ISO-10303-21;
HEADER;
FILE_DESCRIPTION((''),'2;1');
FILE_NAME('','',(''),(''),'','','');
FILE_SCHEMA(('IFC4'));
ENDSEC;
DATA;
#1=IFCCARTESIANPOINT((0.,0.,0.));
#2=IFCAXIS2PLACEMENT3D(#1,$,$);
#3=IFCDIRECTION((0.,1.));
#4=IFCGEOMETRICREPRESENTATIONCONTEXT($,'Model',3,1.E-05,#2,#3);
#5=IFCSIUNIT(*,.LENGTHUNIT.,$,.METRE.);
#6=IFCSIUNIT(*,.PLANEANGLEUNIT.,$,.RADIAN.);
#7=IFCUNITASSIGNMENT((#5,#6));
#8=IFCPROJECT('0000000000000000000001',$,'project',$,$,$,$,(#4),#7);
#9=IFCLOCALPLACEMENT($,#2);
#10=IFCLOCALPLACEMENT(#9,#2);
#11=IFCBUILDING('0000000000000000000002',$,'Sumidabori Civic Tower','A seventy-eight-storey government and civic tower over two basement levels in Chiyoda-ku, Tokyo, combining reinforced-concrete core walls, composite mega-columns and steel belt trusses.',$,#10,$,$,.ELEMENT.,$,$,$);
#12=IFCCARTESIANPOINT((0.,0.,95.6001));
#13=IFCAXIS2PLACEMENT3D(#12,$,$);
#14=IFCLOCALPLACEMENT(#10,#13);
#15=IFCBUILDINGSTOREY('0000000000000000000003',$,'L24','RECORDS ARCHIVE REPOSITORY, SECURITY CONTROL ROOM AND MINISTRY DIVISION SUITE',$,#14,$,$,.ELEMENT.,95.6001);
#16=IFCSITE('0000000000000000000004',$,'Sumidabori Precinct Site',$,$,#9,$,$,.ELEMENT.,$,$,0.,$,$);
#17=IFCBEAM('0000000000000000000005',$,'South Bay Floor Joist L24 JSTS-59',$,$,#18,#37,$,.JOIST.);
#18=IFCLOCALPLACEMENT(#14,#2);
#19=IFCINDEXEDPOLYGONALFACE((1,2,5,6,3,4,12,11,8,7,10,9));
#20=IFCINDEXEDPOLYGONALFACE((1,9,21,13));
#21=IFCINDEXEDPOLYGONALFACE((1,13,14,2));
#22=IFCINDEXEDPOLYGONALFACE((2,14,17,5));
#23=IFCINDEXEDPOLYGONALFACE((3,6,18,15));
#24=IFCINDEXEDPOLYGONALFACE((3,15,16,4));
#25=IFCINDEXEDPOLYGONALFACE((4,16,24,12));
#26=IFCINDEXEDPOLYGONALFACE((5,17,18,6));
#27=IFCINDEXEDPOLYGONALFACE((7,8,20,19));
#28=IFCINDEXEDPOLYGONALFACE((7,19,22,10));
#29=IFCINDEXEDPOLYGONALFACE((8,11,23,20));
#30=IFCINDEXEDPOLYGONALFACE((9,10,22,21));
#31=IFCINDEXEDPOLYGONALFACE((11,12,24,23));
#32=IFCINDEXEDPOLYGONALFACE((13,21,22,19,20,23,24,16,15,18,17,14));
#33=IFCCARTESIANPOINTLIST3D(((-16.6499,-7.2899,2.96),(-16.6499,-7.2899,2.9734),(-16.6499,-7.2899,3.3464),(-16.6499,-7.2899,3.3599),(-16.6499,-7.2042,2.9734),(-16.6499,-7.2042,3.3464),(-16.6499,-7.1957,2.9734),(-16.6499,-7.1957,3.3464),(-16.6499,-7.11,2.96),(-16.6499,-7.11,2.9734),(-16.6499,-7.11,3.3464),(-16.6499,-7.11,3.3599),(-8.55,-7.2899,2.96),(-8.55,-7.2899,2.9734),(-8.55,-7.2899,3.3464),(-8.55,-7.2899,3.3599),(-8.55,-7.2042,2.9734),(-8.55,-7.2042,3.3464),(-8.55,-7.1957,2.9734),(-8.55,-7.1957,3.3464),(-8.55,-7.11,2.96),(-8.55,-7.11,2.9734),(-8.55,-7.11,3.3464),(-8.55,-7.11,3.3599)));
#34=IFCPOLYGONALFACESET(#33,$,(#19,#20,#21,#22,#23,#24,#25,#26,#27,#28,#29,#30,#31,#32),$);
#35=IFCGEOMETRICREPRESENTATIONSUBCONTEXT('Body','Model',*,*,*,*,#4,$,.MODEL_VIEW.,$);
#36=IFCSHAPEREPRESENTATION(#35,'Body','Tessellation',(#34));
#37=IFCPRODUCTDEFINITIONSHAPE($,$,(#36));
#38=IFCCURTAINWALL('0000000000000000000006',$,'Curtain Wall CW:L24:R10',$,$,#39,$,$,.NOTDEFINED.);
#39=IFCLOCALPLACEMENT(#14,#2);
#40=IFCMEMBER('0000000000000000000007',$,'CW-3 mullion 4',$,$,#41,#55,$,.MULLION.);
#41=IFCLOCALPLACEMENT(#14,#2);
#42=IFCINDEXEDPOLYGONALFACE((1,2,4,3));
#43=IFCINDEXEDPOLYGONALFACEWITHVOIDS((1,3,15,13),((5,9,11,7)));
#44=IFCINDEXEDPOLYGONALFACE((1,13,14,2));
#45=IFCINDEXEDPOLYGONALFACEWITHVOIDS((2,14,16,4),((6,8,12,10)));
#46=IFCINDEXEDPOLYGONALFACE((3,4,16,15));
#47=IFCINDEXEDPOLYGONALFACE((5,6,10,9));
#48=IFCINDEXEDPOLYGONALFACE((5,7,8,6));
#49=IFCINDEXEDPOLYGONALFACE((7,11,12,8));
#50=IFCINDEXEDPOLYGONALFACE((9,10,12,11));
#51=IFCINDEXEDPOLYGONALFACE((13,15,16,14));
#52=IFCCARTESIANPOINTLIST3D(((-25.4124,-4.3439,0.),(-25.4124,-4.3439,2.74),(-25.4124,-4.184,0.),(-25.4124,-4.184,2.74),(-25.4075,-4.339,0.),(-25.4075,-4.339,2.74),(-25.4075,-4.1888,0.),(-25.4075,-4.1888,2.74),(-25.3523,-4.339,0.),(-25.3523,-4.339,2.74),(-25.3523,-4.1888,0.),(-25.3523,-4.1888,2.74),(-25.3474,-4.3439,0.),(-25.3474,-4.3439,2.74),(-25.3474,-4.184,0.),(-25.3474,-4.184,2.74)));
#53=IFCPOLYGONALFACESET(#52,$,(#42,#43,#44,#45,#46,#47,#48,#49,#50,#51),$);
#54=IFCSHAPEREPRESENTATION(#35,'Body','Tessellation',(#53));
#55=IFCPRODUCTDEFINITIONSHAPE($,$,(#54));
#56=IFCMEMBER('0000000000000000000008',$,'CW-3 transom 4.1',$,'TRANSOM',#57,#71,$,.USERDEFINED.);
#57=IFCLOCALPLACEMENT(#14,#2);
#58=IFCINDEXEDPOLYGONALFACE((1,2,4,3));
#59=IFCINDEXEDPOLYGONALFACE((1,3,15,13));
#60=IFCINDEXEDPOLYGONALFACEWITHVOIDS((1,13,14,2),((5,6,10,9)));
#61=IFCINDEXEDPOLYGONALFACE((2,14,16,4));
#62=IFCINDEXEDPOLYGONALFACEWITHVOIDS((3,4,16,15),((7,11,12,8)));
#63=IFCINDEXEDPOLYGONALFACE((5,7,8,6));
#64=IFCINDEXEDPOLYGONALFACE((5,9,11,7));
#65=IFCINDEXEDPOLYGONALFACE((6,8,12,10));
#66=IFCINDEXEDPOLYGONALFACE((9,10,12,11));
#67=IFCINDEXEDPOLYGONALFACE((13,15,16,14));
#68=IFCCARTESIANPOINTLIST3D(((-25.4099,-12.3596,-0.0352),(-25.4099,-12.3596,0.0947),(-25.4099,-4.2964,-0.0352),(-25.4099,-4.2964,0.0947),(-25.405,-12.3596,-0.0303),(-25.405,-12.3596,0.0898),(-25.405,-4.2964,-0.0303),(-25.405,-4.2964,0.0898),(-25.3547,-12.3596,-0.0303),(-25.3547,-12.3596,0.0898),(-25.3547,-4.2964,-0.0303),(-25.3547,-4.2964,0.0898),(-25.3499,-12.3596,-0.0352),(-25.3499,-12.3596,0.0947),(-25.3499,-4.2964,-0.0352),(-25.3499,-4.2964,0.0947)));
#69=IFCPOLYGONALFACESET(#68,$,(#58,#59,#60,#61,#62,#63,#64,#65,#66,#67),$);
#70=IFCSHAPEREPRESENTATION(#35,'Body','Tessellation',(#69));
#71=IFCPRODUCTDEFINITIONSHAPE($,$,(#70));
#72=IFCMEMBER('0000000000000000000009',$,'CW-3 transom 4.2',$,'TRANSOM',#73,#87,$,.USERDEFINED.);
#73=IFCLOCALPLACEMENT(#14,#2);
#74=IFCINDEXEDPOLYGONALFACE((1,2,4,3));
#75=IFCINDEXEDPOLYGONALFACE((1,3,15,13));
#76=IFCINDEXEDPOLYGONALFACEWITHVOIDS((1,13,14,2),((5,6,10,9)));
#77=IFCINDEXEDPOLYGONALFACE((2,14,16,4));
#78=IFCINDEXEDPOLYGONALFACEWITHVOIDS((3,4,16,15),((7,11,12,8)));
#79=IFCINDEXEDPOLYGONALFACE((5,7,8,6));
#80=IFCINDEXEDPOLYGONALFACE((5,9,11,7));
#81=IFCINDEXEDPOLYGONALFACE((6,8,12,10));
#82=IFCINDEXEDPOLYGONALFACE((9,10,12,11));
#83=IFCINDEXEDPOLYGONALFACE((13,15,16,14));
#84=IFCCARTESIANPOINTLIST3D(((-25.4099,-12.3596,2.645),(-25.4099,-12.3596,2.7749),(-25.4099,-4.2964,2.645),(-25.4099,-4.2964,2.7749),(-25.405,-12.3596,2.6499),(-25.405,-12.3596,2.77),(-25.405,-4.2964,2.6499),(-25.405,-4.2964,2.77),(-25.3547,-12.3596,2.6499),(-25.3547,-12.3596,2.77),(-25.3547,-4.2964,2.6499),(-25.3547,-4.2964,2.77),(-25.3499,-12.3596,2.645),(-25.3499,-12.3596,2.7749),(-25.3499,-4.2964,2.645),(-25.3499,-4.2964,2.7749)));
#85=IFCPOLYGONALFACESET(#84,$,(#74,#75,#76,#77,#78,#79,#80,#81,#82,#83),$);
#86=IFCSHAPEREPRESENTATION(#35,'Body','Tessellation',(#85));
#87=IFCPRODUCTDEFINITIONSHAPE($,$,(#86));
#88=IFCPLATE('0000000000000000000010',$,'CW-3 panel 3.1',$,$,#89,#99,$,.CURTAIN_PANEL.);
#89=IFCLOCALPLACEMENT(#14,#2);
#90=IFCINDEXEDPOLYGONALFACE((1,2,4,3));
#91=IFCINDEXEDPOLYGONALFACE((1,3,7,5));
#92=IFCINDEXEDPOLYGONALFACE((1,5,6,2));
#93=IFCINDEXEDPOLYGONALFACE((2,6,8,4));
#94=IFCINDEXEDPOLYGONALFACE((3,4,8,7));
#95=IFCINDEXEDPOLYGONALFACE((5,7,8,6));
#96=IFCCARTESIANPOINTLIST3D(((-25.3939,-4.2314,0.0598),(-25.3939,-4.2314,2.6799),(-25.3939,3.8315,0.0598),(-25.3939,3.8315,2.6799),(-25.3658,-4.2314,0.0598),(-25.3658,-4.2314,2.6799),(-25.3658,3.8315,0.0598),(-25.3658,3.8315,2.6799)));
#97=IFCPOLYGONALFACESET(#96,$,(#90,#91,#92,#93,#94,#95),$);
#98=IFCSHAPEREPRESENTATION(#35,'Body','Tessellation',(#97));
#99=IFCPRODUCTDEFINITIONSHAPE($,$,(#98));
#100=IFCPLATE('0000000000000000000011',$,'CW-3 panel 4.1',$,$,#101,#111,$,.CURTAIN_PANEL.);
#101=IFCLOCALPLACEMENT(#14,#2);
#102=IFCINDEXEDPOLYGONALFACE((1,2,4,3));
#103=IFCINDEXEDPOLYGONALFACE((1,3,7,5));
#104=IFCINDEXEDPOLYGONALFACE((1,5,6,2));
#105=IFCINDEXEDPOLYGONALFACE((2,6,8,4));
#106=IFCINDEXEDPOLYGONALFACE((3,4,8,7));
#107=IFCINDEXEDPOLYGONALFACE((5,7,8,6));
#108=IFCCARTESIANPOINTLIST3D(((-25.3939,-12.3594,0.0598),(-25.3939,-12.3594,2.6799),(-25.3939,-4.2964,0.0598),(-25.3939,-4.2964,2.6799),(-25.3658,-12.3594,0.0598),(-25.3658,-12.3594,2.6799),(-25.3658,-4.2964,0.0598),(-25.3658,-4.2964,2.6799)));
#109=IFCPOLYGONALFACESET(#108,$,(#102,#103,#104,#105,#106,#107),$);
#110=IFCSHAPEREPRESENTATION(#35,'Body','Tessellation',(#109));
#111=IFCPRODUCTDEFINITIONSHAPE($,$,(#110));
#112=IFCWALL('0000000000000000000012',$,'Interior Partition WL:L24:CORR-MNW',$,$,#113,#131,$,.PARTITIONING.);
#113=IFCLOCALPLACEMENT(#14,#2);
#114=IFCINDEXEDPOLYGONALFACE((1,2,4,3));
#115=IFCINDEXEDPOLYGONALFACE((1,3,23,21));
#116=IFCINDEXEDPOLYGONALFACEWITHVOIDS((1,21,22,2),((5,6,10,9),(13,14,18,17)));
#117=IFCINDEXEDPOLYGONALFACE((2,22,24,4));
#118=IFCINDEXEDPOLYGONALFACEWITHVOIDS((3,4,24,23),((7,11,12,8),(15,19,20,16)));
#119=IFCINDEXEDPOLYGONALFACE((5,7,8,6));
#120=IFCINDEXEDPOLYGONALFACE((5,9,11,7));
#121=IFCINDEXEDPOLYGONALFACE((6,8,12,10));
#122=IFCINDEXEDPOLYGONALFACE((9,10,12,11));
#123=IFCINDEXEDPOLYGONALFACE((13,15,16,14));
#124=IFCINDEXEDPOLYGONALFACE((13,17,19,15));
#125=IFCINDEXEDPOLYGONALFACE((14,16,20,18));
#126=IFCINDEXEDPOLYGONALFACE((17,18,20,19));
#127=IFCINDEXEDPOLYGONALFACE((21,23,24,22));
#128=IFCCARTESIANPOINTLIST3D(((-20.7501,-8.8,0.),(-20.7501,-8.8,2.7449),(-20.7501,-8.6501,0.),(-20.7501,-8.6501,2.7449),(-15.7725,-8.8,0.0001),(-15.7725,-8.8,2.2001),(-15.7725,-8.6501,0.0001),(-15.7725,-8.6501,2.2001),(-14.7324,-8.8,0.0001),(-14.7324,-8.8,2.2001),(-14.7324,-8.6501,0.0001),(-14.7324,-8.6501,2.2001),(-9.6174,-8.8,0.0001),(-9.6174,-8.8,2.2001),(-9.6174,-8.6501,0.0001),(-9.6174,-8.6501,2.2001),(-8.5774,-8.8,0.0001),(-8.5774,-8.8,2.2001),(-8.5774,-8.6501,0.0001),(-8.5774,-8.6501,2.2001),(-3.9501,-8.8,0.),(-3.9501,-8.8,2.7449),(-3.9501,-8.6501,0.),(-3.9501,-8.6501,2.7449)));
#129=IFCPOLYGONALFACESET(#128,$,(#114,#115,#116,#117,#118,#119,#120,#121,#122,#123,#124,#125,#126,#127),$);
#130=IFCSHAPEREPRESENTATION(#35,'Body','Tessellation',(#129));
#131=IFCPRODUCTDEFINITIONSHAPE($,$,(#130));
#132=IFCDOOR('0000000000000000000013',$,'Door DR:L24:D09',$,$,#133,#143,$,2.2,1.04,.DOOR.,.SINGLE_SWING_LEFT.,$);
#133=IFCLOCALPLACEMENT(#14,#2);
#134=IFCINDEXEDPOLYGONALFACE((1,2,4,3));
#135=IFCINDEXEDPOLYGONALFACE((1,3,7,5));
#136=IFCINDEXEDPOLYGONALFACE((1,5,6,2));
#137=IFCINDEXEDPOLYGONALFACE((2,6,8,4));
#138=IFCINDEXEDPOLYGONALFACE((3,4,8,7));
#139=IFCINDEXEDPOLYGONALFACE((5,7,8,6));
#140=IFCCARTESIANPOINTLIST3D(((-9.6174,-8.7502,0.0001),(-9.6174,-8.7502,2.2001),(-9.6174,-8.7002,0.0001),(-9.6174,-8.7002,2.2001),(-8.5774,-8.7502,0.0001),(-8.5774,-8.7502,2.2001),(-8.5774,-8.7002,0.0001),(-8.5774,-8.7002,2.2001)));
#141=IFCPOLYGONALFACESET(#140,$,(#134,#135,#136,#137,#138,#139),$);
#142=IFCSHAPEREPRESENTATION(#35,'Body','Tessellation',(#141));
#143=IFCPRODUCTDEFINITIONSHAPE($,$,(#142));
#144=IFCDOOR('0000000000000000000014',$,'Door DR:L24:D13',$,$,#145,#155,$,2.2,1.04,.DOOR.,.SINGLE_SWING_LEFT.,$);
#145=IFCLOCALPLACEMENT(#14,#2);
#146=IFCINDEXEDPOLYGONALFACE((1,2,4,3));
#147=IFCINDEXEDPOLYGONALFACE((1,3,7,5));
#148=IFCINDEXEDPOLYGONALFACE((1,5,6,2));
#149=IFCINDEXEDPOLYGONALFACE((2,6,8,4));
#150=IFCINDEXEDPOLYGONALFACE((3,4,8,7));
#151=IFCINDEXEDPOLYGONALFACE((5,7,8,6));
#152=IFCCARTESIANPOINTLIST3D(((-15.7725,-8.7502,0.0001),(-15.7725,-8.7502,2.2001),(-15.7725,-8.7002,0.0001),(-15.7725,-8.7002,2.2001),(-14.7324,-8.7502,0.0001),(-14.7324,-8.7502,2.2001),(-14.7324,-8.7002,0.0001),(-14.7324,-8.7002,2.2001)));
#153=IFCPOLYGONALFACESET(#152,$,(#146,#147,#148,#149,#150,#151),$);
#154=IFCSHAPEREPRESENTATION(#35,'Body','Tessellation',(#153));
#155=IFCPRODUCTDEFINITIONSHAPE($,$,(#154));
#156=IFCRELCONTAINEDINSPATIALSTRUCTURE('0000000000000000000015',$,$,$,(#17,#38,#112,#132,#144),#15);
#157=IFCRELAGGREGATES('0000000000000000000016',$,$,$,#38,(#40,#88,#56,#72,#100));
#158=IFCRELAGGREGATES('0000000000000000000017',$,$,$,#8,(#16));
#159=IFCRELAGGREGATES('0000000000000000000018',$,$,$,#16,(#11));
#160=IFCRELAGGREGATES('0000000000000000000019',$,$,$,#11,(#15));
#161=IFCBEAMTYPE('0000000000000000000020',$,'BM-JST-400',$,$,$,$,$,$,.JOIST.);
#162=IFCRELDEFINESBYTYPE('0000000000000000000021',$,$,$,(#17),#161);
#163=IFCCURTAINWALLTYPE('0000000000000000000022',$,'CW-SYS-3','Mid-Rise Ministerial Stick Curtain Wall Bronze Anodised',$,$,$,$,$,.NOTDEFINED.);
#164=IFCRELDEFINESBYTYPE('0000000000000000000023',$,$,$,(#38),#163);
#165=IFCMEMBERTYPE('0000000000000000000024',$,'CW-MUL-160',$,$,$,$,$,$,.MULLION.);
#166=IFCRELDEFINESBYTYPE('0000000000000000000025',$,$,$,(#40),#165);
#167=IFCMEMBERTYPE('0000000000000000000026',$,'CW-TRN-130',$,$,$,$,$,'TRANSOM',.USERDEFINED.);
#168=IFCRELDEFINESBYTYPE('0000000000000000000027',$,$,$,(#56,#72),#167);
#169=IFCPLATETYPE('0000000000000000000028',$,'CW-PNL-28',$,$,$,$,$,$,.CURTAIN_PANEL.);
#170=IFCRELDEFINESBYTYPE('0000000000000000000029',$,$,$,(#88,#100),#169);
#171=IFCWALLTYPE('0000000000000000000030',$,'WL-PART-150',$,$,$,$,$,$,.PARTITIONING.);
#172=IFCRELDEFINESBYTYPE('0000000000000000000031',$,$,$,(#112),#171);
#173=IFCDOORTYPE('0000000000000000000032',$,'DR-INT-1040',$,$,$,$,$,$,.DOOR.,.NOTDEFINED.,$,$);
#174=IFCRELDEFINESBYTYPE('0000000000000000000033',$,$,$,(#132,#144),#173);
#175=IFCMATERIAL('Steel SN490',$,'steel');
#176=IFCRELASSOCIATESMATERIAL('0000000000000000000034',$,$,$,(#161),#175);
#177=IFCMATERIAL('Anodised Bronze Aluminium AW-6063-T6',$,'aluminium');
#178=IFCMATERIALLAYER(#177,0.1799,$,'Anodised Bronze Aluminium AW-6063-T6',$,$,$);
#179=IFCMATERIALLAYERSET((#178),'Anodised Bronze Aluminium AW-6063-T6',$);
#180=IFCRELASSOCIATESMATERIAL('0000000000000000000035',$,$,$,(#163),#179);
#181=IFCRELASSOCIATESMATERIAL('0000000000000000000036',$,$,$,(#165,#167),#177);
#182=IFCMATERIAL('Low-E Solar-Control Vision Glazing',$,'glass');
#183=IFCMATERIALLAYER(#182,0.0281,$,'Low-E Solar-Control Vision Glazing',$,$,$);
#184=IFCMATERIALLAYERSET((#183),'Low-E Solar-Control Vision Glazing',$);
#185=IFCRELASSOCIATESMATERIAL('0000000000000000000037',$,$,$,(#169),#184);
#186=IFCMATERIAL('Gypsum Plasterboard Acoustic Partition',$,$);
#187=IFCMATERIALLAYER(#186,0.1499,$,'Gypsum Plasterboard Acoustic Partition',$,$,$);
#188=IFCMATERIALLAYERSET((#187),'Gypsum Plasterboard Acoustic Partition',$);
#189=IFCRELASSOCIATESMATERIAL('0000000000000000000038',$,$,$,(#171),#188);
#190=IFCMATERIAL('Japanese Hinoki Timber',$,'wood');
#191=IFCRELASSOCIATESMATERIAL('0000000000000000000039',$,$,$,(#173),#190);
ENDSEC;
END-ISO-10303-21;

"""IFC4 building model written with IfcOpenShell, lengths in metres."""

from ifc_helpers import new_model, si_unit, direction, frame, frame_2d, origin, origin_2d, place, context, subcontext, project, spatial, rectangle, hollow_rectangle, i_section, extrude, source, transform, mapped, material, layer, layer_set, material_profile, profile_set, type_object, element, fill, aggregate, save


model = new_model("IFC4")

# Units and contexts
model_context = context("Model", 3, precision=1e-05, world=origin(), true_north=direction((0.0, 1.0)))
body_context = subcontext(model_context, "Body", "Model", "MODEL_VIEW")
ifc_project = project(units=[si_unit("LENGTHUNIT", "METRE"), si_unit("PLANEANGLEUNIT", "RADIAN")], contexts=[model_context])

# Site, building, storey
site_placement = place(None, origin())
site = spatial("IfcSite", under=ifc_project, at=site_placement, Name="Sumidabori Precinct Site", CompositionType="ELEMENT", RefElevation=0.0)
building_placement = place(site_placement, origin())
building = spatial("IfcBuilding", under=site, at=building_placement, Name="Sumidabori Civic Tower", Description="A seventy-eight-storey government and civic tower over two basement levels in Chiyoda-ku, Tokyo, combining reinforced-concrete core walls, composite mega-columns and steel belt trusses.", CompositionType="ELEMENT")
storey_placement = place(building_placement, frame((0.0, 0.0, 95.6001)))
storey = spatial("IfcBuildingStorey", under=building, at=storey_placement, Name="L24", Description="RECORDS ARCHIVE REPOSITORY, SECURITY CONTROL ROOM AND MINISTRY DIVISION SUITE", CompositionType="ELEMENT", Elevation=95.6001)

# Beam
ifc_material_1 = material(Name="Steel SN490", Category="steel")
ifc_material_profile_1 = material_profile(ifc_material_1, i_section(OverallWidth=0.1799, OverallDepth=0.3999, WebThickness=0.0085, FlangeThickness=0.0134, at=origin_2d()), Name="IPE 400")
ifc_profile_set_1 = profile_set([ifc_material_profile_1], Name="Steel SN490")
beam_type_1 = type_object("IfcBeamType", Name="BM-JST-400", PredefinedType="JOIST", material=ifc_profile_set_1)
shared_shape_1 = source(origin(), body_context, "Body", "SweptSolid", [
    extrude(i_section(OverallWidth=0.1799, OverallDepth=0.3999, WebThickness=0.0085, FlangeThickness=0.0134, at=origin_2d()), origin(), (0.0, 0.0, 1.0), 8.0999),
])
beam_placement = place(storey_placement, frame((-16.6499, -7.2, 3.1599), z_axis=(1.0, 0.0, 0.0), x_axis=(0.0, 1.0, 0.0)))
element("IfcBeam", 1, at=beam_placement, inside=storey, type_object=beam_type_1, Name="South Bay Floor Joist L24 JSTS-59", PredefinedType="JOIST", context=body_context, shape_type="MappedRepresentation", body=[
    mapped(shared_shape_1, transform((0.0, 0.0, 0.0), x_axis=(1.0, 0.0, 0.0), y_axis=(0.0, 1.0, 0.0), z_axis=(0.0, 0.0, 1.0), scale=1.0)),
])

# Curtain wall, members, plates
ifc_material_2 = material(Name="Anodised Bronze Aluminium AW-6063-T6", Category="aluminium")
ifc_layer_1 = layer(ifc_material_2, 0.1799, Name="Anodised Bronze Aluminium AW-6063-T6")
ifc_layer_set_1 = layer_set([ifc_layer_1], Name="Anodised Bronze Aluminium AW-6063-T6")
curtain_wall_type = type_object("IfcCurtainWallType", Name="CW-SYS-3", Description="Mid-Rise Ministerial Stick Curtain Wall Bronze Anodised", PredefinedType="NOTDEFINED", material=ifc_layer_set_1)
curtain_wall_placement = place(storey_placement, origin())
curtain_wall = element("IfcCurtainWall", 2, at=curtain_wall_placement, inside=storey, type_object=curtain_wall_type, Name="Curtain Wall CW:L24:R10", PredefinedType="NOTDEFINED")
ifc_material_profile_2 = material_profile(ifc_material_2, hollow_rectangle(XDim=0.0649, YDim=0.1599, WallThickness=0.0049, at=origin_2d()), Name="ALU MULLION 160x65")
ifc_profile_set_2 = profile_set([ifc_material_profile_2], Name="Anodised Bronze Aluminium AW-6063-T6")
member_type_1 = type_object("IfcMemberType", Name="CW-MUL-160", PredefinedType="MULLION", material=ifc_profile_set_2)
shared_shape_2 = source(origin(), body_context, "Body", "SweptSolid", [
    extrude(hollow_rectangle(XDim=0.0649, YDim=0.1599, WallThickness=0.0049, at=origin_2d()), origin(), (0.0, 0.0, 1.0), 2.74),
])
member_1_placement = place(storey_placement, frame((-25.3799, -4.2639, 0.0), z_axis=(0.0, 0.0, 1.0), x_axis=(1.0, 0.0, 0.0)))
member_1 = element("IfcMember", 3, at=member_1_placement, type_object=member_type_1, Name="CW-3 mullion 4", PredefinedType="MULLION", context=body_context, shape_type="MappedRepresentation", body=[
    mapped(shared_shape_2, transform((0.0, 0.0, 0.0), x_axis=(1.0, 0.0, 0.0), y_axis=(0.0, 1.0, 0.0), z_axis=(0.0, 0.0, 1.0), scale=1.0)),
])
ifc_material_profile_3 = material_profile(ifc_material_2, hollow_rectangle(XDim=0.0601, YDim=0.1299, WallThickness=0.0049, at=origin_2d()), Name="ALU TRANSOM 130x60")
ifc_profile_set_3 = profile_set([ifc_material_profile_3], Name="Anodised Bronze Aluminium AW-6063-T6")
member_type_2 = type_object("IfcMemberType", Name="CW-TRN-130", ElementType="TRANSOM", PredefinedType="USERDEFINED", material=ifc_profile_set_3)
shared_shape_3 = source(origin(), body_context, "Body", "SweptSolid", [
    extrude(hollow_rectangle(XDim=0.0601, YDim=0.1299, WallThickness=0.0049, at=origin_2d()), origin(), (0.0, 0.0, 1.0), 8.0632),
])
member_2_placement = place(storey_placement, frame((-25.3799, -4.2964, 0.0298), z_axis=(0.0, -1.0, 0.0), x_axis=(1.0, 0.0, 0.0)))
member_2 = element("IfcMember", 4, at=member_2_placement, type_object=member_type_2, Name="CW-3 transom 4.1", ObjectType="TRANSOM", PredefinedType="USERDEFINED", context=body_context, shape_type="MappedRepresentation", body=[
    mapped(shared_shape_3, transform((0.0, 0.0, 0.0), x_axis=(1.0, 0.0, 0.0), y_axis=(0.0, 1.0, 0.0), z_axis=(0.0, 0.0, 1.0), scale=1.0)),
])
member_3_placement = place(storey_placement, frame((-25.3799, -4.2964, 2.71), z_axis=(0.0, -1.0, 0.0), x_axis=(1.0, 0.0, 0.0)))
member_3 = element("IfcMember", 5, at=member_3_placement, type_object=member_type_2, Name="CW-3 transom 4.2", ObjectType="TRANSOM", PredefinedType="USERDEFINED", context=body_context, shape_type="MappedRepresentation", body=[
    mapped(shared_shape_3, transform((0.0, 0.0, 0.0), x_axis=(1.0, 0.0, 0.0), y_axis=(0.0, 1.0, 0.0), z_axis=(0.0, 0.0, 1.0), scale=1.0)),
])
ifc_material_3 = material(Name="Low-E Solar-Control Vision Glazing", Category="glass")
ifc_layer_2 = layer(ifc_material_3, 0.0281, Name="Low-E Solar-Control Vision Glazing")
ifc_layer_set_2 = layer_set([ifc_layer_2], Name="Low-E Solar-Control Vision Glazing")
plate_type = type_object("IfcPlateType", Name="CW-PNL-28", PredefinedType="CURTAIN_PANEL", material=ifc_layer_set_2)
shared_shape_4 = source(origin(), body_context, "Body", "SweptSolid", [
    extrude(rectangle(XDim=8.063, YDim=0.0281, at=origin_2d()), origin(), (0.0, 0.0, 1.0), 2.6201),
])
plate_1_placement = place(storey_placement, frame((-25.3799, -0.2, 0.0598), z_axis=(0.0, 0.0, 1.0), x_axis=(0.0, -1.0, 0.0)))
plate_1 = element("IfcPlate", 6, at=plate_1_placement, type_object=plate_type, Name="CW-3 panel 3.1", PredefinedType="CURTAIN_PANEL", context=body_context, shape_type="MappedRepresentation", body=[
    mapped(shared_shape_4, transform((0.0, 0.0, 0.0), x_axis=(1.0, 0.0, 0.0), y_axis=(0.0, 1.0, 0.0), z_axis=(0.0, 0.0, 1.0), scale=1.0)),
])
plate_2_placement = place(storey_placement, frame((-25.3799, -8.3279, 0.0598), z_axis=(0.0, 0.0, 1.0), x_axis=(0.0, -1.0, 0.0)))
plate_2 = element("IfcPlate", 7, at=plate_2_placement, type_object=plate_type, Name="CW-3 panel 4.1", PredefinedType="CURTAIN_PANEL", context=body_context, shape_type="MappedRepresentation", body=[
    mapped(shared_shape_4, transform((0.0, 0.0, 0.0), x_axis=(1.0, 0.0, 0.0), y_axis=(0.0, 1.0, 0.0), z_axis=(0.0, 0.0, 1.0), scale=1.0)),
])
aggregate(curtain_wall, [member_1, plate_1, member_2, member_3, plate_2])

# Wall, openings, doors
ifc_material_4 = material(Name="Gypsum Plasterboard Acoustic Partition")
ifc_layer_3 = layer(ifc_material_4, 0.1499, Name="Gypsum Plasterboard Acoustic Partition")
ifc_layer_set_3 = layer_set([ifc_layer_3], Name="Gypsum Plasterboard Acoustic Partition")
wall_type = type_object("IfcWallType", Name="WL-PART-150", PredefinedType="PARTITIONING", material=ifc_layer_set_3)
shared_shape_5 = source(origin(), body_context, "Body", "SweptSolid", [
    extrude(rectangle(XDim=16.8, YDim=0.1499, at=frame_2d((8.3999, 0.0))), origin(), (0.0, 0.0, 1.0), 2.7449),
])
wall_1_placement = place(storey_placement, frame((-20.75, -8.7251, 0.0), z_axis=(0.0, 0.0, 1.0), x_axis=(1.0, 0.0, 0.0)))
wall_1 = element("IfcWall", 8, at=wall_1_placement, inside=storey, type_object=wall_type, Name="Interior Partition WL:L24:CORR-MNW", PredefinedType="PARTITIONING", context=body_context, shape_type="MappedRepresentation", body=[
    mapped(shared_shape_5, transform((0.0, 0.0, 0.0), x_axis=(1.0, 0.0, 0.0), y_axis=(0.0, 1.0, 0.0), z_axis=(0.0, 0.0, 1.0), scale=1.0)),
])
opening_1_placement = place(wall_1_placement, frame((11.1326, 0.0, 0.0)))
opening_1 = element("IfcOpeningElement", 9, at=opening_1_placement, cuts=wall_1, PredefinedType="OPENING", context=body_context, shape_type="SweptSolid", body=[
    extrude(rectangle(XDim=1.04, YDim=2.2, at=frame_2d((0.52, 1.1001))), frame((0.0, 0.0869, 0.0), z_axis=(0.0, -1.0, 0.0), x_axis=(1.0, 0.0, 0.0)), (0.0, 0.0, 1.0), 0.1738),
])
opening_2_placement = place(wall_1_placement, frame((4.9775, 0.0, 0.0)))
opening_2 = element("IfcOpeningElement", 10, at=opening_2_placement, cuts=wall_1, PredefinedType="OPENING", context=body_context, shape_type="SweptSolid", body=[
    extrude(rectangle(XDim=1.04, YDim=2.2, at=frame_2d((0.52, 1.1001))), frame((0.0, 0.0869, 0.0), z_axis=(0.0, -1.0, 0.0), x_axis=(1.0, 0.0, 0.0)), (0.0, 0.0, 1.0), 0.1738),
])
ifc_material_5 = material(Name="Japanese Hinoki Timber", Category="wood")
door_type = type_object("IfcDoorType", Name="DR-INT-1040", OperationType="NOTDEFINED", PredefinedType="DOOR", material=ifc_material_5)
shared_shape_6 = source(origin(), body_context, "Body", "SweptSolid", [
    extrude(rectangle(XDim=1.04, YDim=2.2, at=frame_2d((0.52, 1.1001))), frame((0.0, 0.0249, 0.0), z_axis=(0.0, -1.0, 0.0), x_axis=(1.0, 0.0, 0.0)), (0.0, 0.0, 1.0), 0.05),
])
door_1_placement = place(opening_1_placement, origin())
door_1 = element("IfcDoor", 11, at=door_1_placement, inside=storey, type_object=door_type, Name="Door DR:L24:D09", OperationType="SINGLE_SWING_LEFT", OverallHeight=2.2, OverallWidth=1.04, PredefinedType="DOOR", context=body_context, shape_type="MappedRepresentation", body=[
    mapped(shared_shape_6, transform((0.0, 0.0, 0.0), x_axis=(1.0, 0.0, 0.0), y_axis=(0.0, 1.0, 0.0), z_axis=(0.0, 0.0, 1.0), scale=1.0)),
])
fill(opening_1, door_1)
door_2_placement = place(opening_2_placement, origin())
door_2 = element("IfcDoor", 12, at=door_2_placement, inside=storey, type_object=door_type, Name="Door DR:L24:D13", OperationType="SINGLE_SWING_LEFT", OverallHeight=2.2, OverallWidth=1.04, PredefinedType="DOOR", context=body_context, shape_type="MappedRepresentation", body=[
    mapped(shared_shape_6, transform((0.0, 0.0, 0.0), x_axis=(1.0, 0.0, 0.0), y_axis=(0.0, 1.0, 0.0), z_axis=(0.0, 0.0, 1.0), scale=1.0)),
])
fill(opening_2, door_2)

save(model, "model.ifc")
